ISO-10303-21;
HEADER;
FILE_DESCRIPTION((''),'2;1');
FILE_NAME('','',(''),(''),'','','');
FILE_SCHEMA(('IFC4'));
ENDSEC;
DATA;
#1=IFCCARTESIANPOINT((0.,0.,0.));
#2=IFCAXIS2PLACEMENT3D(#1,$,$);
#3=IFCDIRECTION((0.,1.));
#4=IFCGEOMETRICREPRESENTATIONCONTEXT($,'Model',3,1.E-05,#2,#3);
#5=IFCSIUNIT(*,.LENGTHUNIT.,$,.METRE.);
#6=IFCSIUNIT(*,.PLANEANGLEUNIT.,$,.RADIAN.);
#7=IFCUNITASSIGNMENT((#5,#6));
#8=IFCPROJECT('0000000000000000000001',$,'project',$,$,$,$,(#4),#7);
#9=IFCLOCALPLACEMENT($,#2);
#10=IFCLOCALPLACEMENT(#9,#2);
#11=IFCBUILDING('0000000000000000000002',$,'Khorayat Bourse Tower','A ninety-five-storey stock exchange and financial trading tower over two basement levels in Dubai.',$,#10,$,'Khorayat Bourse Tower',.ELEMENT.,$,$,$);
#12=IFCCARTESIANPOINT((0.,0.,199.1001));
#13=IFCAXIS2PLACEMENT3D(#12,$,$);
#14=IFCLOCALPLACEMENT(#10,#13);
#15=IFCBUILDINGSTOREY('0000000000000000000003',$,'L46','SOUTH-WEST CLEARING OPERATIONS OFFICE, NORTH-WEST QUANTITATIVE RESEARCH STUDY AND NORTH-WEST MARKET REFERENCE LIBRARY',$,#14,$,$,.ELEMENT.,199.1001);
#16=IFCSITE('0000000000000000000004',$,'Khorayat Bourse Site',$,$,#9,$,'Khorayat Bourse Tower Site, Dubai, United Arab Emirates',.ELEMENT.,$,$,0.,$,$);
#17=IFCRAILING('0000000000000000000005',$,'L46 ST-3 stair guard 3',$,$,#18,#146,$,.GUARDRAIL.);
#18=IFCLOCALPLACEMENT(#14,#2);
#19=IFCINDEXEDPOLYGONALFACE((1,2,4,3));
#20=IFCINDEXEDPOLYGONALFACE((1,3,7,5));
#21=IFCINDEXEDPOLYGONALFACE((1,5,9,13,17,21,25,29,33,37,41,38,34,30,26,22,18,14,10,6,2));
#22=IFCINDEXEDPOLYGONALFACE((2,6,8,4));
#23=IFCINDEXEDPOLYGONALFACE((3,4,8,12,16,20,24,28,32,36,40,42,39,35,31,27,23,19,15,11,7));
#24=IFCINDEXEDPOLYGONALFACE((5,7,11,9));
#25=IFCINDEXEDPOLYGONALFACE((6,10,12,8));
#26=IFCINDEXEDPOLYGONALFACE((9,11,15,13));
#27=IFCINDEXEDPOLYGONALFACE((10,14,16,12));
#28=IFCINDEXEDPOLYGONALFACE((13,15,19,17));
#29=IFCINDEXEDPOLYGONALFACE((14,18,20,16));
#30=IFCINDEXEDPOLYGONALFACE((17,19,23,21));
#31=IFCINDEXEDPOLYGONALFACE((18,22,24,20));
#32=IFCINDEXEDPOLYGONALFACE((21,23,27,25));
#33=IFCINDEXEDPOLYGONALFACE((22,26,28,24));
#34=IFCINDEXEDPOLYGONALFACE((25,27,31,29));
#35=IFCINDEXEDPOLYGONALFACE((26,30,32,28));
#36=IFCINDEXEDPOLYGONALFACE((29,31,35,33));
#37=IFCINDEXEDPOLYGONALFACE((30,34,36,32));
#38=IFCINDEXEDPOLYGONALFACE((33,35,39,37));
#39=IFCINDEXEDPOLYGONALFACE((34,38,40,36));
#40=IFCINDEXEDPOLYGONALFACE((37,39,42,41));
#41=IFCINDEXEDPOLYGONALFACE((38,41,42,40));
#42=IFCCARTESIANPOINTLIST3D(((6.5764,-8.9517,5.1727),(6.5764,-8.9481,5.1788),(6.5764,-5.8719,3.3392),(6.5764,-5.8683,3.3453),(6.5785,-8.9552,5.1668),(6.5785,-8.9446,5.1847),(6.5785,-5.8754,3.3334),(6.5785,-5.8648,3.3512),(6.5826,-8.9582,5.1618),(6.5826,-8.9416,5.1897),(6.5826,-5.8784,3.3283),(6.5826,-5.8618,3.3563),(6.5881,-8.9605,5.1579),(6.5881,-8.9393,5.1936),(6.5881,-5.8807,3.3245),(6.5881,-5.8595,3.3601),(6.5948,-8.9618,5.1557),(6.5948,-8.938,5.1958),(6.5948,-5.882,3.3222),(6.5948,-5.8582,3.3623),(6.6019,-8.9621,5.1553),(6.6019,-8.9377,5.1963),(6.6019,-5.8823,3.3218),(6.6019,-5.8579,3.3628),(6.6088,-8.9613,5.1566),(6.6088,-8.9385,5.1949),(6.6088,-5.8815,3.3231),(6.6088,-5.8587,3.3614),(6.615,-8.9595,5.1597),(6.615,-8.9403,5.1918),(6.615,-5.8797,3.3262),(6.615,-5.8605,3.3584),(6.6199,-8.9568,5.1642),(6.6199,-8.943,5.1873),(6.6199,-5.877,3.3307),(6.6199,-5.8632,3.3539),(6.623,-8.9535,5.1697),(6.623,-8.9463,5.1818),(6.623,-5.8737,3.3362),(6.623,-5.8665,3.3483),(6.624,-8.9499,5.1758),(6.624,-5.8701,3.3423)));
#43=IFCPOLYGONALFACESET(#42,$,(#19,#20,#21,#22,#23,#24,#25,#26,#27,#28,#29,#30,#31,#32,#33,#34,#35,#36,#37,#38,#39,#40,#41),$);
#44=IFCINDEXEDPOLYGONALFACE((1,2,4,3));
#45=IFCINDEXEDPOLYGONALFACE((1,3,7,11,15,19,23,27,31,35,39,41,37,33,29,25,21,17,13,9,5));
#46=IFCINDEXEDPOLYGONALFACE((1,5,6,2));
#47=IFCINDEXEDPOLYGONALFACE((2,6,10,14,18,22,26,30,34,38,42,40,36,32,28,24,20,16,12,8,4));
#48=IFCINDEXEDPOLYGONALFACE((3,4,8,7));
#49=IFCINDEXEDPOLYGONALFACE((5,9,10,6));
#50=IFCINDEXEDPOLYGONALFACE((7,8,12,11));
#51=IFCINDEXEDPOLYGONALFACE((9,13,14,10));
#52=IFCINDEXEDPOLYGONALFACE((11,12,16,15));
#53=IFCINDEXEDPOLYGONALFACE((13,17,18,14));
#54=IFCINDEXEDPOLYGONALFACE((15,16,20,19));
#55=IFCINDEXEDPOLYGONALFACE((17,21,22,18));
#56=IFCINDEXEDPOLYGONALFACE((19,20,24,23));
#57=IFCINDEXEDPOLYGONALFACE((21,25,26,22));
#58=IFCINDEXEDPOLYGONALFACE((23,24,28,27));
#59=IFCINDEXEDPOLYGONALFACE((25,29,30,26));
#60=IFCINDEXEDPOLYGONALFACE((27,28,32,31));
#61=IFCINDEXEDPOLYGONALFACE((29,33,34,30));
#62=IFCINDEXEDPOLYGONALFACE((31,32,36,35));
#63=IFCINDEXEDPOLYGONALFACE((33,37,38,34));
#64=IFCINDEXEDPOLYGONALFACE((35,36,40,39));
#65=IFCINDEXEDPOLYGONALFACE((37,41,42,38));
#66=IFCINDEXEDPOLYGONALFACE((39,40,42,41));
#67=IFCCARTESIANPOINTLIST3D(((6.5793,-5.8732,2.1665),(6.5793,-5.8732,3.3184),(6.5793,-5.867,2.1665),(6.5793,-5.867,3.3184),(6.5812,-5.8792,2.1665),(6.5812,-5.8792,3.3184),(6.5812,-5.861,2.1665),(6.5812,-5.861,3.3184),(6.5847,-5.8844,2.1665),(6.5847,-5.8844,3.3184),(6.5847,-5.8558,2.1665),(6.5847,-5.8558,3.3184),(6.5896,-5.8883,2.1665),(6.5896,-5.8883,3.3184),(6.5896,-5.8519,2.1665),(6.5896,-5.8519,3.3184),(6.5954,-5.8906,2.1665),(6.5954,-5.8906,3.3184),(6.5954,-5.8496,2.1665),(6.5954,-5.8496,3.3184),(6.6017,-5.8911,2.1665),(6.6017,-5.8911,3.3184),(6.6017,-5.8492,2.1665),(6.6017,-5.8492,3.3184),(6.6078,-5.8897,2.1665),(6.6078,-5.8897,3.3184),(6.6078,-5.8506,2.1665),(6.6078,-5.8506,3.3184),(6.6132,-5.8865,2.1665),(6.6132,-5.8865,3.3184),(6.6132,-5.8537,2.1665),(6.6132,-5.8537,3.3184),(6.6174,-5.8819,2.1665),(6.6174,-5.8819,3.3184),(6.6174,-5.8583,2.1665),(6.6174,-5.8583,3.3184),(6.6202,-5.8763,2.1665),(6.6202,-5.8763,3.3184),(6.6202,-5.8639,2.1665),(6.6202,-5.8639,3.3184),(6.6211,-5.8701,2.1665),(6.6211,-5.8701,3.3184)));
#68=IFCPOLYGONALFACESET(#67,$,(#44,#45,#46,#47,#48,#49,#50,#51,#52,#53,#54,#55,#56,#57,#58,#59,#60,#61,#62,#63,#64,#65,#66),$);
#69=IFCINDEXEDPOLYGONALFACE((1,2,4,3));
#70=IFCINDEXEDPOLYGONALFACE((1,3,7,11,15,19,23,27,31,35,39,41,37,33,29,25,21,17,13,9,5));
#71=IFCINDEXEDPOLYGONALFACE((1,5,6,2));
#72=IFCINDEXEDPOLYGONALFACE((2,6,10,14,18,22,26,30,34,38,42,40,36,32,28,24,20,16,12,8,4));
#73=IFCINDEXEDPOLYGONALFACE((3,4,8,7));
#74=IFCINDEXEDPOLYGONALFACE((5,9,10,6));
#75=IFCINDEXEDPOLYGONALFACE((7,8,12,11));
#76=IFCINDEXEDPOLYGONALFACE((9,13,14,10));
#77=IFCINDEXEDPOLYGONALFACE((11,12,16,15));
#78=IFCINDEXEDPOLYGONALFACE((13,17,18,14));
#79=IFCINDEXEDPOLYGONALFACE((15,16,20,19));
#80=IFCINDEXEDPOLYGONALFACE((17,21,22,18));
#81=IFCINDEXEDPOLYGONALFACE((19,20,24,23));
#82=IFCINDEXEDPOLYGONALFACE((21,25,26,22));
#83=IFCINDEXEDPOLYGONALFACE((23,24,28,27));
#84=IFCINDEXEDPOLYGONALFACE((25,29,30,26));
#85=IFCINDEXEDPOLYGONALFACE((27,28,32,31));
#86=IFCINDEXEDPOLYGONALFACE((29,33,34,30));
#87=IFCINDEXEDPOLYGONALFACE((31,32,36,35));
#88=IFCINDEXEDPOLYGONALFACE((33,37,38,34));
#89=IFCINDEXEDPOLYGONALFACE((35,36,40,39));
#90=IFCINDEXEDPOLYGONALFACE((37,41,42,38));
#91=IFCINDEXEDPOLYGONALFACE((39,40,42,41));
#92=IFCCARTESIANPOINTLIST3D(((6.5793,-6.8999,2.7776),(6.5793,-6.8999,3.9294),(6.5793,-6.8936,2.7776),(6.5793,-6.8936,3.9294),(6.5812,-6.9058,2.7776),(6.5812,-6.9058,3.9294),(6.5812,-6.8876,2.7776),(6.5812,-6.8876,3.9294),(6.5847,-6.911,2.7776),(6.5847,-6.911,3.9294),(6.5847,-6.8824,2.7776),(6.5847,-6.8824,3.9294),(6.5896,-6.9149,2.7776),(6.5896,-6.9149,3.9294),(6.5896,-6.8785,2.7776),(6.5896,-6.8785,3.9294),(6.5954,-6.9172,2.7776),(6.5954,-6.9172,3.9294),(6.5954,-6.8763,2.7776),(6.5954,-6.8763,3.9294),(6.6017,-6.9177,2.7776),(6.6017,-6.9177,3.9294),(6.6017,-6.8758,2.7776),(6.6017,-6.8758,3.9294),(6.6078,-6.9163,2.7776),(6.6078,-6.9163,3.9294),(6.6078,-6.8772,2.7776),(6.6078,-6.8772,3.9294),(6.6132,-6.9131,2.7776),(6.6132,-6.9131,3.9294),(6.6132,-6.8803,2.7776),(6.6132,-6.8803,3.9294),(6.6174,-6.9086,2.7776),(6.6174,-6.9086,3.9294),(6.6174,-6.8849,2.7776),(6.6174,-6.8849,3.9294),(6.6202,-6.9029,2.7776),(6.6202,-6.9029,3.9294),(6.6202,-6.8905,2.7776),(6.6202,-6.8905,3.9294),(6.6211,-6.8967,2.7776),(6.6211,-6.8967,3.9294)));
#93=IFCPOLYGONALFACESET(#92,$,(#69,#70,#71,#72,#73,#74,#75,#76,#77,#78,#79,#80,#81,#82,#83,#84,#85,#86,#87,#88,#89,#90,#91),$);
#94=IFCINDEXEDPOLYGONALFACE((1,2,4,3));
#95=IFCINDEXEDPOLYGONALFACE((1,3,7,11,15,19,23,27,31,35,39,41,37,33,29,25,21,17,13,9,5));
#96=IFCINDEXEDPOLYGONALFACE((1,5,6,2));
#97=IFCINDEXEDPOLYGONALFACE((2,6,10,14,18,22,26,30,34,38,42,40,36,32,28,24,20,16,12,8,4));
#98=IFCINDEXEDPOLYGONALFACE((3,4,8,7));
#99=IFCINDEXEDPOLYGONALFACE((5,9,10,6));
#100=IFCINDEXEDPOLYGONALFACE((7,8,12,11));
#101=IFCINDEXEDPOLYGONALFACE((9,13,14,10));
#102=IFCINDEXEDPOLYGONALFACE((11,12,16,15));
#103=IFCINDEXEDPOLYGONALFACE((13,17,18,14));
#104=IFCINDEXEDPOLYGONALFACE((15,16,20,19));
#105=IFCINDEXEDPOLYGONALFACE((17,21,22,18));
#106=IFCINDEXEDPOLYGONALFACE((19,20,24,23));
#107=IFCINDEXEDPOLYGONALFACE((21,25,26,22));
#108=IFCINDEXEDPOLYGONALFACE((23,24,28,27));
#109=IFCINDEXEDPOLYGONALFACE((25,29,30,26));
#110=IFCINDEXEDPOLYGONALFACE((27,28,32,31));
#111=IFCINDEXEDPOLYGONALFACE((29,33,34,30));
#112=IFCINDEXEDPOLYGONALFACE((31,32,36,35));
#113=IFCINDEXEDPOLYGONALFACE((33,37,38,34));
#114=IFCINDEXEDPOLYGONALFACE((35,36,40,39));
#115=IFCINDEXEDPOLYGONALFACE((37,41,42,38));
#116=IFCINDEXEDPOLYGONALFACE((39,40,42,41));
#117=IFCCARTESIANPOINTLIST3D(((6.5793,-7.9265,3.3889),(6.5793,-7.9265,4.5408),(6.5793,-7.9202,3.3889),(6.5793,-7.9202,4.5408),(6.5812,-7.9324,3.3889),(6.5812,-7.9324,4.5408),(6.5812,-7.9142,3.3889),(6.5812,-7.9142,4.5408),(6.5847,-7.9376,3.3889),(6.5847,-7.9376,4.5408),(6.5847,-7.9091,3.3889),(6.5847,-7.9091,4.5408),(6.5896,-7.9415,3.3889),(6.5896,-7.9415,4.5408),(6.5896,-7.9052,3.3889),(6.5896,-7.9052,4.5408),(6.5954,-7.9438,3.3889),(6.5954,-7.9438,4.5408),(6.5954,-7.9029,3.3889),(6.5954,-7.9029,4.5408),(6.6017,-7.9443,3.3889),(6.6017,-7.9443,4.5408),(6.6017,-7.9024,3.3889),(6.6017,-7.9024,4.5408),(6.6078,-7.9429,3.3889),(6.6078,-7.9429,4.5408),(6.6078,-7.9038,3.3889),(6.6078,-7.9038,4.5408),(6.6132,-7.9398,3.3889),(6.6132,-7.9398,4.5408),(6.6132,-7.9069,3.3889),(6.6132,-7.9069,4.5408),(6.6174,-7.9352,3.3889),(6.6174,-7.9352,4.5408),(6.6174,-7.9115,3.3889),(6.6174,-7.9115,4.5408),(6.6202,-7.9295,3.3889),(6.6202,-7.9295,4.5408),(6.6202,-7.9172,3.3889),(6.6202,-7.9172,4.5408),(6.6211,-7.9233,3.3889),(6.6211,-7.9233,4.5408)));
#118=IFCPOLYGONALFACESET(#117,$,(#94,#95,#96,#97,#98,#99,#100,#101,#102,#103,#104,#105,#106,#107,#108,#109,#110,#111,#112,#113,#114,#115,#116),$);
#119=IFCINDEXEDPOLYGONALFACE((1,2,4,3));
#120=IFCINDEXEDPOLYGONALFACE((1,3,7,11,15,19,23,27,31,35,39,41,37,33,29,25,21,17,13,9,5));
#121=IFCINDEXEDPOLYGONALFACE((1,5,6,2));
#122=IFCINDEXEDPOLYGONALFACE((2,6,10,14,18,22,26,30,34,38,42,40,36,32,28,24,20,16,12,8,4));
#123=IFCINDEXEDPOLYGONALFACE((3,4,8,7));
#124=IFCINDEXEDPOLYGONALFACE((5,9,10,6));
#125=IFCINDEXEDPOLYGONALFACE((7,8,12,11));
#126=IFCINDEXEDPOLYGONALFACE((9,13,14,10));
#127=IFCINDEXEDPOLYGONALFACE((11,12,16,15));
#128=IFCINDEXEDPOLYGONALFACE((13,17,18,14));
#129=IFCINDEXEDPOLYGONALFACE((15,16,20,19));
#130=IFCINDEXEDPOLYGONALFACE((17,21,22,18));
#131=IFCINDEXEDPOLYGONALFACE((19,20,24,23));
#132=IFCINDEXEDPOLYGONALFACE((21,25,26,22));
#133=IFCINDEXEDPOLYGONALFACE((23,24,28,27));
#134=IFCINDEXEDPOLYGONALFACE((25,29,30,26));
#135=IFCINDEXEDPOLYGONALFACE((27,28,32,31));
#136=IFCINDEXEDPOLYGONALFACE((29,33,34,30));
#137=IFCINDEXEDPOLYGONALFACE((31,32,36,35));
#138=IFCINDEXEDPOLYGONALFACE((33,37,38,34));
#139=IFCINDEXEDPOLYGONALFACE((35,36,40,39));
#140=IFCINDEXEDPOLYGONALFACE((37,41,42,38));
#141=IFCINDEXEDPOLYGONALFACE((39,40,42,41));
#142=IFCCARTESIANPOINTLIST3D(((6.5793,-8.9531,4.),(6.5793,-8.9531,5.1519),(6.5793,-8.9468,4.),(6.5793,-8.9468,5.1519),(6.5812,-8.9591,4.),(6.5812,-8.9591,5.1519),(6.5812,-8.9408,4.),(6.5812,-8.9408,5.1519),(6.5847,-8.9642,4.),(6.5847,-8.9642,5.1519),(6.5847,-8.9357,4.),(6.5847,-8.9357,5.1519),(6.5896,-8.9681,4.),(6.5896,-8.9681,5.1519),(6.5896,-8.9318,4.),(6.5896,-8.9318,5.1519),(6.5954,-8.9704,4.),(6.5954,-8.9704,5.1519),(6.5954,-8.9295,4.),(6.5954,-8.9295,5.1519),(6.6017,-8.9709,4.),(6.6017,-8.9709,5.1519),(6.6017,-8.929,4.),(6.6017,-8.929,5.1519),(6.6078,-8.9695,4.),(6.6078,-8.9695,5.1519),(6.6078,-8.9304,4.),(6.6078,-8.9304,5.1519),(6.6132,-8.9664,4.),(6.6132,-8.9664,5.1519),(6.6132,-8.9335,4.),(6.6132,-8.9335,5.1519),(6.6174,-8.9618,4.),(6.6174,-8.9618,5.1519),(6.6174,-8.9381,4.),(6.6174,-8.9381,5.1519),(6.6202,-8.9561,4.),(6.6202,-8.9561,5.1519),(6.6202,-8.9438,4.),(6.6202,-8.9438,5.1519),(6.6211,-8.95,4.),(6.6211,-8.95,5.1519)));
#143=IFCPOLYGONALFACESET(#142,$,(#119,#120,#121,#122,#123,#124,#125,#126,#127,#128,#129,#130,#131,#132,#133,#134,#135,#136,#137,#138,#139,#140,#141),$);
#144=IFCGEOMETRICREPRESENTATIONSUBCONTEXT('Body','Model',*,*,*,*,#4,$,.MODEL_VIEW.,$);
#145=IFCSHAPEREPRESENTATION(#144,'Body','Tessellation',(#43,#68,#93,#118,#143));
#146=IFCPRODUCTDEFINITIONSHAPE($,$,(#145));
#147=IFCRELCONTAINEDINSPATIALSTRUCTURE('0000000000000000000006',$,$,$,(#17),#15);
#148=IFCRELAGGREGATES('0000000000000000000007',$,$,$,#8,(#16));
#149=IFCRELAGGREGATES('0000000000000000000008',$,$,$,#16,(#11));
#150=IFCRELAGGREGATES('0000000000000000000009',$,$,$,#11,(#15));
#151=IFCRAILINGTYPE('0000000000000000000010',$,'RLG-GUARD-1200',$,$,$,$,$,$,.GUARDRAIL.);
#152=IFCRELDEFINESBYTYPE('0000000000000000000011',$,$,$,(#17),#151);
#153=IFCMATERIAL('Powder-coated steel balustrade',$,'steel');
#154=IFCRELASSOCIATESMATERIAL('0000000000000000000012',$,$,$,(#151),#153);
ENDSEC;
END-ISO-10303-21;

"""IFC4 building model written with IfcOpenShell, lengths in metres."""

from ifc_helpers import new_model, si_unit, direction, frame, origin, origin_2d, place, context, subcontext, project, spatial, circle, extrude, source, transform, mapped, material, type_object, element, save


model = new_model("IFC4")

# Units and contexts
model_context = context("Model", 3, precision=1e-05, world=origin(), true_north=direction((0.0, 1.0)))
body_context = subcontext(model_context, "Body", "Model", "MODEL_VIEW")
ifc_project = project(units=[si_unit("LENGTHUNIT", "METRE"), si_unit("PLANEANGLEUNIT", "RADIAN")], contexts=[model_context])

# Site, building, storey
site_placement = place(None, origin())
site = spatial("IfcSite", under=ifc_project, at=site_placement, Name="Khorayat Bourse Site", LongName="Khorayat Bourse Tower Site, Dubai, United Arab Emirates", CompositionType="ELEMENT", RefElevation=0.0)
building_placement = place(site_placement, origin())
building = spatial("IfcBuilding", under=site, at=building_placement, Name="Khorayat Bourse Tower", Description="A ninety-five-storey stock exchange and financial trading tower over two basement levels in Dubai.", LongName="Khorayat Bourse Tower", CompositionType="ELEMENT")
storey_placement = place(building_placement, frame((0.0, 0.0, 199.1001)))
storey = spatial("IfcBuildingStorey", under=building, at=storey_placement, Name="L46", Description="SOUTH-WEST CLEARING OPERATIONS OFFICE, NORTH-WEST QUANTITATIVE RESEARCH STUDY AND NORTH-WEST MARKET REFERENCE LIBRARY", CompositionType="ELEMENT", Elevation=199.1001)

# Railing
ifc_material_1 = material(Name="Powder-coated steel balustrade", Category="steel")
railing_type_1 = type_object("IfcRailingType", Name="RLG-GUARD-1200", PredefinedType="GUARDRAIL", material=ifc_material_1)
shared_shape_1 = source(origin(), body_context, "Body", "SweptSolid", [
    extrude(circle(Radius=0.0239, at=origin_2d()), frame((0.0, 0.0, 1.1758), z_axis=(0.0, -0.859261, 0.511538), x_axis=(1.0, 0.0, 0.0)), (0.0, 0.0, 1.0), 3.5842),
    extrude(circle(Radius=0.021, at=origin_2d()), origin(), (0.0, 0.0, 1.0), 1.1519),
    extrude(circle(Radius=0.021, at=origin_2d()), frame((0.0, -1.0266, 0.6111)), (0.0, 0.0, 1.0), 1.1519),
    extrude(circle(Radius=0.021, at=origin_2d()), frame((0.0, -2.0532, 1.2224)), (0.0, 0.0, 1.0), 1.1519),
    extrude(circle(Radius=0.021, at=origin_2d()), frame((0.0, -3.0798, 1.8335)), (0.0, 0.0, 1.0), 1.1519),
])
railing_1_placement = place(storey_placement, frame((6.6001, -5.8701, 2.1665)))
element("IfcRailing", 1, at=railing_1_placement, inside=storey, type_object=railing_type_1, Name="L46 ST-3 stair guard 3", PredefinedType="GUARDRAIL", context=body_context, shape_type="MappedRepresentation", body=[
    mapped(shared_shape_1, transform((0.0, 0.0, 0.0), scale=1.0)),
])

save(model, "model.ifc")
